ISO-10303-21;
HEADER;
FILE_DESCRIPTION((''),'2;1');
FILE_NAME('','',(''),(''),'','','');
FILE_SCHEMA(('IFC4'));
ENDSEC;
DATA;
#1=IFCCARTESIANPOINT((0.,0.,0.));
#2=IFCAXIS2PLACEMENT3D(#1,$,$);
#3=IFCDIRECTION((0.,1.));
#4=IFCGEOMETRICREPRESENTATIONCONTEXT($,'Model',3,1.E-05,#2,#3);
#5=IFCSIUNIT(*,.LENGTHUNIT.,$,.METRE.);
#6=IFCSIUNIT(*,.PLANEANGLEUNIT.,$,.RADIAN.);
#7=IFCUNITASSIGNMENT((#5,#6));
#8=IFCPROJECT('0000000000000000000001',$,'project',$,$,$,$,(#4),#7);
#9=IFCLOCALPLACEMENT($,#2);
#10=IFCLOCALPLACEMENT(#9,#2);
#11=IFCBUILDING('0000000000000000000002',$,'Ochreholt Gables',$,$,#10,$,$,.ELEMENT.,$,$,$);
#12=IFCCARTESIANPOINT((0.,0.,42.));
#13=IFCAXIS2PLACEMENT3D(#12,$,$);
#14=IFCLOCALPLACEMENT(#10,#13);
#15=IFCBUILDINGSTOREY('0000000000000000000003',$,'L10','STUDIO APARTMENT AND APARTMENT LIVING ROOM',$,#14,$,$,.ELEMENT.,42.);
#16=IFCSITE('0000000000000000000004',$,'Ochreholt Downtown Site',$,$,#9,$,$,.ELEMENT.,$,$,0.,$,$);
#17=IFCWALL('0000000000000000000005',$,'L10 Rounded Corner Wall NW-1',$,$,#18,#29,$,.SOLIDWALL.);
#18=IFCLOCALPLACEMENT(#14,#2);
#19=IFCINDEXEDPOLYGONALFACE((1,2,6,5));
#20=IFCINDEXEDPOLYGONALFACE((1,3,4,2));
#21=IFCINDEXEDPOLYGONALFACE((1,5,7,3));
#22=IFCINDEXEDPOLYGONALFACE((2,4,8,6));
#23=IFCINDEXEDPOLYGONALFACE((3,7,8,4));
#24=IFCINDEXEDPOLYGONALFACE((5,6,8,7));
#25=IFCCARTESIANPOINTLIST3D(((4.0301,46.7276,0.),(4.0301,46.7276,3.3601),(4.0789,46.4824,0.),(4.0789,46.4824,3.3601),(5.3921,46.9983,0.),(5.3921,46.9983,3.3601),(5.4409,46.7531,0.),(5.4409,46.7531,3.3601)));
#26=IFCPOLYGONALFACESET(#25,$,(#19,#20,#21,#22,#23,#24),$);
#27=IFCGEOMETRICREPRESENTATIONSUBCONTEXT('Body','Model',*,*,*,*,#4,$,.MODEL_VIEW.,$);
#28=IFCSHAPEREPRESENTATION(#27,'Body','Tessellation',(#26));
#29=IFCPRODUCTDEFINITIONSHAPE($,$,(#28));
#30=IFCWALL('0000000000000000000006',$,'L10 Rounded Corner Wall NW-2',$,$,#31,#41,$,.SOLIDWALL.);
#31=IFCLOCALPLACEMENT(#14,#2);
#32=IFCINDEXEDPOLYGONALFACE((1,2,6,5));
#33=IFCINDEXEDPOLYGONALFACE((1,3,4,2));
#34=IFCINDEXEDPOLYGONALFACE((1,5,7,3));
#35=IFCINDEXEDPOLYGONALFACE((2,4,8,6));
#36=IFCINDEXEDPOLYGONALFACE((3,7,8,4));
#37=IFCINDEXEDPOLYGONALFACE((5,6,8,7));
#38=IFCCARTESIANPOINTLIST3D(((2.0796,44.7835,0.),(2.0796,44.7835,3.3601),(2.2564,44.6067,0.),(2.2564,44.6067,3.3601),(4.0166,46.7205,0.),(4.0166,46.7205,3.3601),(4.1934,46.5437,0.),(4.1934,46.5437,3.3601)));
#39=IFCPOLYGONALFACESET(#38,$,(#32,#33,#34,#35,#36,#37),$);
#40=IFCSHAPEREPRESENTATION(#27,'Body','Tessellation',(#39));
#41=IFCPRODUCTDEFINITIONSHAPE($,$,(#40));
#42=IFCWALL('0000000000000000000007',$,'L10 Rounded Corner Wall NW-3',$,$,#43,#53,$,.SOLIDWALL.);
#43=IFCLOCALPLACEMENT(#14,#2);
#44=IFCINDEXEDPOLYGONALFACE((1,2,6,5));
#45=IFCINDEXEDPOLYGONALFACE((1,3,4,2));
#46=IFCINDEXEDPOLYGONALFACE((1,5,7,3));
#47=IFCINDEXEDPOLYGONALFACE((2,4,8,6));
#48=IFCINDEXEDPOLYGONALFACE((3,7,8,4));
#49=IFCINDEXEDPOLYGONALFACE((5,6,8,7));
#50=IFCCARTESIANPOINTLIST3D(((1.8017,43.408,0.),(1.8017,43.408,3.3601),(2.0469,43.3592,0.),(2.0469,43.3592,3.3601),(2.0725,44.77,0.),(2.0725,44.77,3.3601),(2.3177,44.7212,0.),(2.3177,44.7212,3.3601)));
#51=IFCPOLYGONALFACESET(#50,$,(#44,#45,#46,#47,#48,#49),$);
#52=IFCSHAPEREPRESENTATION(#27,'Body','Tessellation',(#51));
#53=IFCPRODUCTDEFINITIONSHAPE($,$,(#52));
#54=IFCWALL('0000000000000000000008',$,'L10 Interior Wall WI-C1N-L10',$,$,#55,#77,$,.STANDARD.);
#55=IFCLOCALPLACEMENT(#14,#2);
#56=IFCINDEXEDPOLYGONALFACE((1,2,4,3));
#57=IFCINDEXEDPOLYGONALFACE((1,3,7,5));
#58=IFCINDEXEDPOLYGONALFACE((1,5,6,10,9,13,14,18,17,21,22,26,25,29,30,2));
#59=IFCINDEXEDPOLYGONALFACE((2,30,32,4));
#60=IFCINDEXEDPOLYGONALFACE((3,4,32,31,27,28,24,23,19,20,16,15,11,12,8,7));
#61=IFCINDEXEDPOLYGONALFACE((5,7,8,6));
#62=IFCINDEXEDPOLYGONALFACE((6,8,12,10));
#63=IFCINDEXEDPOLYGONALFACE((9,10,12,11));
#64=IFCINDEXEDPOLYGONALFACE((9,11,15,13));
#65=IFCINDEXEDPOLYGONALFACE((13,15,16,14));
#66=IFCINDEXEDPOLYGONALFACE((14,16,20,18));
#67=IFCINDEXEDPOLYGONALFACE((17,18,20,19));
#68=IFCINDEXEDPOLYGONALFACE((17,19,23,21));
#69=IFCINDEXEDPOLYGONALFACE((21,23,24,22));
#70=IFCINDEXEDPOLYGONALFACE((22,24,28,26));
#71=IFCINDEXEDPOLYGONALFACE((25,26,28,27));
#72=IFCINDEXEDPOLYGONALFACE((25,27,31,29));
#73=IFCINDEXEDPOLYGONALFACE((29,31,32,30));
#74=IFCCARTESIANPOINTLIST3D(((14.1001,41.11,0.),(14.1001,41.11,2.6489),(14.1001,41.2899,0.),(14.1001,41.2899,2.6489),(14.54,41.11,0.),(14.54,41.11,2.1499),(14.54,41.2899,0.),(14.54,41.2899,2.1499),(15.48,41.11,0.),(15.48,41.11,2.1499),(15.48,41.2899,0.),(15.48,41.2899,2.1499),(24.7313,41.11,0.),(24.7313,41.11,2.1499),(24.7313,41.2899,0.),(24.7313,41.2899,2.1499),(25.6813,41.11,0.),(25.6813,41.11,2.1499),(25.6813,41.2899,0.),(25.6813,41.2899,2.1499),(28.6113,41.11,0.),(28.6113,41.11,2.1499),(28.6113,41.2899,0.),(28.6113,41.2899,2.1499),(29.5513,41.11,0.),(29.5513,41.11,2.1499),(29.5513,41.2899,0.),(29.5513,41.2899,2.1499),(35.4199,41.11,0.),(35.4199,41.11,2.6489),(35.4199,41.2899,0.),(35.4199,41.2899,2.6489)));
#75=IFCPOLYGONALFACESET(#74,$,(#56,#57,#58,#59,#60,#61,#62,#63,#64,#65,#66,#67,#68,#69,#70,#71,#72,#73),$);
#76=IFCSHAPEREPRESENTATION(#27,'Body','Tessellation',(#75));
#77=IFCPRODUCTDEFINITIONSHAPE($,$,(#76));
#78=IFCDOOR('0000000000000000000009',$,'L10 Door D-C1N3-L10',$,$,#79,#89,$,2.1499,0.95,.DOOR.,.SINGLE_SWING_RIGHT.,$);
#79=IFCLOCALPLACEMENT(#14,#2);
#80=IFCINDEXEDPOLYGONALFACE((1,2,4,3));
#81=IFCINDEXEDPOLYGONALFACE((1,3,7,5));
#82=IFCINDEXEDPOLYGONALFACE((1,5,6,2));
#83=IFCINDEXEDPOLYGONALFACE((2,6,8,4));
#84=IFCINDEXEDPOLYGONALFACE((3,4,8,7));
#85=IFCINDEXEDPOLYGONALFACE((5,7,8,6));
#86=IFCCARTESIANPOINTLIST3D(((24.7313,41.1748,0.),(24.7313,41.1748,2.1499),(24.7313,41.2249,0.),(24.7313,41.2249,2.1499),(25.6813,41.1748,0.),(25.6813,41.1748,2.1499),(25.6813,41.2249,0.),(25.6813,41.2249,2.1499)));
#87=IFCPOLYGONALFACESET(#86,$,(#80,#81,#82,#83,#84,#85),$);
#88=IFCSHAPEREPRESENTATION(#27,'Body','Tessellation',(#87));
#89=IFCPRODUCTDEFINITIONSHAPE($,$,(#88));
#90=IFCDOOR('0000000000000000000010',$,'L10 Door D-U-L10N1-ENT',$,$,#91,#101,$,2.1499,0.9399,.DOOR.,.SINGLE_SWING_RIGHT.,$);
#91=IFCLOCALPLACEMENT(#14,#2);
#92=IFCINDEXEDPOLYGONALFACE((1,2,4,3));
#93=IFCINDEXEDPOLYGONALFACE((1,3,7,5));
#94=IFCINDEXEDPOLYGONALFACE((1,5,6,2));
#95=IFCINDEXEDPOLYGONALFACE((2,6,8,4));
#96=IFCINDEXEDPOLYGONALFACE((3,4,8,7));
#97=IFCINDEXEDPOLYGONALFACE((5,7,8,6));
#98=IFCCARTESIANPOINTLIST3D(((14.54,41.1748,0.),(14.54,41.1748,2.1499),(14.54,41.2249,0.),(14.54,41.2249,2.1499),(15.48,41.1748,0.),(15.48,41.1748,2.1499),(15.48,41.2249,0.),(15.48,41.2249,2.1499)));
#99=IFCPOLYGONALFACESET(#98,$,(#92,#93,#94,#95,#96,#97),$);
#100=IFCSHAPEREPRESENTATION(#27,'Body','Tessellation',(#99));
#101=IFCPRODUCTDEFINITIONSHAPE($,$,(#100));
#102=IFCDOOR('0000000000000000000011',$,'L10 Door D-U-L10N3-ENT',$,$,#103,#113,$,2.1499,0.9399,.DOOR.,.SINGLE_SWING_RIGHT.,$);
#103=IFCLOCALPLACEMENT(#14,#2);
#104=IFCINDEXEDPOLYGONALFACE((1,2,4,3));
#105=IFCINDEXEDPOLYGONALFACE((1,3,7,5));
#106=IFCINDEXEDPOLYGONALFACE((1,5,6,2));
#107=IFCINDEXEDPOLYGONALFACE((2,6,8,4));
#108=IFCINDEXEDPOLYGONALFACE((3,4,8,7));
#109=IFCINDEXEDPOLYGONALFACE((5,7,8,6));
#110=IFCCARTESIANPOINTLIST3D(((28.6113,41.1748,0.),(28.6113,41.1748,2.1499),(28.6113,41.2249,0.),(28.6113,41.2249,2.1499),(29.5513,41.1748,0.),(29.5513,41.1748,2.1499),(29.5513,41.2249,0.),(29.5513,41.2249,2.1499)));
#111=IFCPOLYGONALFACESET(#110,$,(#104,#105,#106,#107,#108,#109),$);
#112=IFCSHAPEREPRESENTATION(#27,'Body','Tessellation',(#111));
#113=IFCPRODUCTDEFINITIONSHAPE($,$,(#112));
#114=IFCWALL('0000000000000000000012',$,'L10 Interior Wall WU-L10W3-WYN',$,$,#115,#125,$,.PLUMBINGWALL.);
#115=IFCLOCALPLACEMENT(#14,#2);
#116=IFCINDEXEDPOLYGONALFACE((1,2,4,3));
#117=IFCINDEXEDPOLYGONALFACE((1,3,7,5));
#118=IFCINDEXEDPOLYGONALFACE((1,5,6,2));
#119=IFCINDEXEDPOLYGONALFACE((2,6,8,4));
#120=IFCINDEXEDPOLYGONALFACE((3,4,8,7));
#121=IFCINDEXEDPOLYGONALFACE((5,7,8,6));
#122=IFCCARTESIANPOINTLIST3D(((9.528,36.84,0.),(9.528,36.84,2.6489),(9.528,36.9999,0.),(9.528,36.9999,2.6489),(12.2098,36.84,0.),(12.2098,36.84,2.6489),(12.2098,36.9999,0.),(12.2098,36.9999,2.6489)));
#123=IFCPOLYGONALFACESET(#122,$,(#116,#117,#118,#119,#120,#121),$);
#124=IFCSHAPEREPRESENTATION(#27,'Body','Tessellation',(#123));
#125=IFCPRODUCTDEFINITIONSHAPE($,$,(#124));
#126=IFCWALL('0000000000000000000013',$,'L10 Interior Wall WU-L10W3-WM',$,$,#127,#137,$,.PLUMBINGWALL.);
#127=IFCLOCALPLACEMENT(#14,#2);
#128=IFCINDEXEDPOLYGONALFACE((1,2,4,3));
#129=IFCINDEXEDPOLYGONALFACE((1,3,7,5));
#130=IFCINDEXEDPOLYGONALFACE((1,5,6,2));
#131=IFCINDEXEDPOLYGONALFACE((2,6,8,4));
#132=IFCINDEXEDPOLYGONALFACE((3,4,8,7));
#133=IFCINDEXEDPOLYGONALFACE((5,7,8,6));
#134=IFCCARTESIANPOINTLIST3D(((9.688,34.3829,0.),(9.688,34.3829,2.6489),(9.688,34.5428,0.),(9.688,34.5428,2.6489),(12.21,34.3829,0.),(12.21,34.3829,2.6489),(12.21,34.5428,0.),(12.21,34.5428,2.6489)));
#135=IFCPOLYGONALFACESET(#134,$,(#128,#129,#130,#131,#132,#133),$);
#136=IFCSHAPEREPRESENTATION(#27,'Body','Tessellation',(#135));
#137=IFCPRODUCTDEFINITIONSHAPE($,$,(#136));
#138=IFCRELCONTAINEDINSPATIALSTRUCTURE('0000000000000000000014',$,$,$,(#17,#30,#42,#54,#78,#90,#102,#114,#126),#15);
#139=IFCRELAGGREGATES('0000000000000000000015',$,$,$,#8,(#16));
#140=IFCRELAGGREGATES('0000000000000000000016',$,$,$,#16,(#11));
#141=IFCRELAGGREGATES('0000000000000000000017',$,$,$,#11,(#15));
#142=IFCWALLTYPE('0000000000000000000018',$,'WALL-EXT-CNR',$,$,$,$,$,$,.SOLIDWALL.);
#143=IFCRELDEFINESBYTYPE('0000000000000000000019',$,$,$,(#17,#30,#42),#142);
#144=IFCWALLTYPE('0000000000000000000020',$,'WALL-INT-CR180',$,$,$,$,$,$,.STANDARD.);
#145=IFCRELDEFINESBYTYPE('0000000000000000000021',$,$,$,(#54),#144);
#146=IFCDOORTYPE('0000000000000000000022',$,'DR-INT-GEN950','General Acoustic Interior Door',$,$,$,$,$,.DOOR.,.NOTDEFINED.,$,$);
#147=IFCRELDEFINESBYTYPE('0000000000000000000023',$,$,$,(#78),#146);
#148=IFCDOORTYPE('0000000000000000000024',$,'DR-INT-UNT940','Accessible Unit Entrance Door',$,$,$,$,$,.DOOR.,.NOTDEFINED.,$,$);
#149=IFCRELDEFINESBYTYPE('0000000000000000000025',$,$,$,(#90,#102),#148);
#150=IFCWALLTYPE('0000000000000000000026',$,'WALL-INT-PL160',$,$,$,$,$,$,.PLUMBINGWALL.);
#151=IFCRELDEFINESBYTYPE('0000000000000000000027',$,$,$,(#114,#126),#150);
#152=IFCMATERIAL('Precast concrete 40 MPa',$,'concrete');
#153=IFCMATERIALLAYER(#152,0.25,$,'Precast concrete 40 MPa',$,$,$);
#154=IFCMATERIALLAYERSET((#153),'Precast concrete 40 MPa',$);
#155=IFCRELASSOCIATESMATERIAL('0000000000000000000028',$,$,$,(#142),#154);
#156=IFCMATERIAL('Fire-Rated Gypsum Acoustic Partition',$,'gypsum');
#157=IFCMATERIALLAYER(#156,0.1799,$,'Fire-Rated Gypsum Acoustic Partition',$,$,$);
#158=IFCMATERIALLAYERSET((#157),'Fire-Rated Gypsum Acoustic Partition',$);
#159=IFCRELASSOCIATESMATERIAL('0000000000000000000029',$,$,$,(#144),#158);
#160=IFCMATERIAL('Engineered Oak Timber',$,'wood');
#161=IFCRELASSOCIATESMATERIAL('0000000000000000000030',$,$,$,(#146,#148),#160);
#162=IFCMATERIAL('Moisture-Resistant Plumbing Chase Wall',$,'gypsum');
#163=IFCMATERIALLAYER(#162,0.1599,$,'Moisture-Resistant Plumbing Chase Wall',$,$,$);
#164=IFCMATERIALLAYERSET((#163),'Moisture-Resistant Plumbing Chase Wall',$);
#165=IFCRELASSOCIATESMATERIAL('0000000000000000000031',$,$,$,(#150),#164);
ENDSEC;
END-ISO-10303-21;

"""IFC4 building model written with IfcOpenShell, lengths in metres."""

from ifc_helpers import new_model, si_unit, direction, frame, frame_2d, origin, place, context, subcontext, project, spatial, rectangle, extrude, material, layer, layer_set, type_object, element, fill, save


model = new_model("IFC4")

# Units and contexts
model_context = context("Model", 3, precision=1e-05, world=origin(), true_north=direction((0.0, 1.0)))
body_context = subcontext(model_context, "Body", "Model", "MODEL_VIEW")
ifc_project = project(units=[si_unit("LENGTHUNIT", "METRE"), si_unit("PLANEANGLEUNIT", "RADIAN")], contexts=[model_context])

# Site, building, storey
site_placement = place(None, origin())
site = spatial("IfcSite", under=ifc_project, at=site_placement, Name="Ochreholt Downtown Site", CompositionType="ELEMENT", RefElevation=0.0)
building_placement = place(site_placement, origin())
building = spatial("IfcBuilding", under=site, at=building_placement, Name="Ochreholt Gables", CompositionType="ELEMENT")
storey_placement = place(building_placement, frame((0.0, 0.0, 42.0)))
storey = spatial("IfcBuildingStorey", under=building, at=storey_placement, Name="L10", Description="STUDIO APARTMENT AND APARTMENT LIVING ROOM", CompositionType="ELEMENT", Elevation=42.0)

# Shared definitions
ifc_material_1 = material(Name="Precast concrete 40 MPa", Category="concrete")

# Walls
ifc_layer_1 = layer(ifc_material_1, 0.25, Name="Precast concrete 40 MPa")
ifc_layer_set_1 = layer_set([ifc_layer_1], Name="Precast concrete 40 MPa")
wall_type_1 = type_object("IfcWallType", Name="WALL-EXT-CNR", PredefinedType="SOLIDWALL", material=ifc_layer_set_1)
wall_1_placement = place(storey_placement, frame((5.4165, 46.8757, 0.0), z_axis=(0.0, 0.0, 1.0), x_axis=(-0.98081, -0.194967, 0.0)))
element("IfcWall", 1, at=wall_1_placement, inside=storey, type_object=wall_type_1, Name="L10 Rounded Corner Wall NW-1", PredefinedType="SOLIDWALL", context=body_context, shape_type="SweptSolid", body=[
    extrude(rectangle(XDim=1.3887, YDim=0.25, at=frame_2d((0.6943, 0.0))), origin(), (0.0, 0.0, 1.0), 3.3601),
])
wall_2_placement = place(storey_placement, frame((4.105, 46.6321, 0.0), z_axis=(0.0, 0.0, 1.0), x_axis=(-0.707107, -0.707107, 0.0)))
element("IfcWall", 2, at=wall_2_placement, inside=storey, type_object=wall_type_1, Name="L10 Rounded Corner Wall NW-2", PredefinedType="SOLIDWALL", context=body_context, shape_type="SweptSolid", body=[
    extrude(rectangle(XDim=2.7393, YDim=0.25, at=frame_2d((1.3696, 0.0))), origin(), (0.0, 0.0, 1.0), 3.3601),
])
wall_3_placement = place(storey_placement, frame((2.1951, 44.7456, 0.0), z_axis=(0.0, 0.0, 1.0), x_axis=(-0.194967, -0.98081, 0.0)))
element("IfcWall", 3, at=wall_3_placement, inside=storey, type_object=wall_type_1, Name="L10 Rounded Corner Wall NW-3", PredefinedType="SOLIDWALL", context=body_context, shape_type="SweptSolid", body=[
    extrude(rectangle(XDim=1.3887, YDim=0.25, at=frame_2d((0.6943, 0.0))), origin(), (0.0, 0.0, 1.0), 3.3601),
])

# Wall, openings, doors
ifc_material_2 = material(Name="Fire-Rated Gypsum Acoustic Partition", Category="gypsum")
ifc_layer_2 = layer(ifc_material_2, 0.1799, Name="Fire-Rated Gypsum Acoustic Partition")
ifc_layer_set_2 = layer_set([ifc_layer_2], Name="Fire-Rated Gypsum Acoustic Partition")
wall_type_2 = type_object("IfcWallType", Name="WALL-INT-CR180", PredefinedType="STANDARD", material=ifc_layer_set_2)
wall_4_placement = place(storey_placement, frame((14.1001, 41.2, 0.0), z_axis=(0.0, 0.0, 1.0), x_axis=(1.0, 0.0, 0.0)))
wall_4 = element("IfcWall", 4, at=wall_4_placement, inside=storey, type_object=wall_type_2, Name="L10 Interior Wall WI-C1N-L10", PredefinedType="STANDARD", context=body_context, shape_type="SweptSolid", body=[
    extrude(rectangle(XDim=21.3198, YDim=0.1799, at=frame_2d((10.6599, 0.0))), origin(), (0.0, 0.0, 1.0), 2.6489),
])
opening_1_placement = place(wall_4_placement, frame((0.4399, 0.0, 0.0)))
opening_1 = element("IfcOpeningElement", 5, at=opening_1_placement, cuts=wall_4, PredefinedType="OPENING", context=body_context, shape_type="SweptSolid", body=[
    extrude(rectangle(XDim=0.9399, YDim=2.1499, at=frame_2d((0.47, 1.075))), frame((0.0, 0.0999, 0.0), z_axis=(0.0, -1.0, 0.0), x_axis=(1.0, 0.0, 0.0)), (0.0, 0.0, 1.0), 0.2),
])
opening_2_placement = place(wall_4_placement, frame((10.6311, 0.0, 0.0)))
opening_2 = element("IfcOpeningElement", 6, at=opening_2_placement, cuts=wall_4, PredefinedType="OPENING", context=body_context, shape_type="SweptSolid", body=[
    extrude(rectangle(XDim=0.95, YDim=2.1499, at=frame_2d((0.4751, 1.075))), frame((0.0, 0.0999, 0.0), z_axis=(0.0, -1.0, 0.0), x_axis=(1.0, 0.0, 0.0)), (0.0, 0.0, 1.0), 0.2),
])
opening_3_placement = place(wall_4_placement, frame((14.5112, 0.0, 0.0)))
opening_3 = element("IfcOpeningElement", 7, at=opening_3_placement, cuts=wall_4, PredefinedType="OPENING", context=body_context, shape_type="SweptSolid", body=[
    extrude(rectangle(XDim=0.9399, YDim=2.1499, at=frame_2d((0.47, 1.075))), frame((0.0, 0.0999, 0.0), z_axis=(0.0, -1.0, 0.0), x_axis=(1.0, 0.0, 0.0)), (0.0, 0.0, 1.0), 0.2),
])
ifc_material_3 = material(Name="Engineered Oak Timber", Category="wood")
door_type_1 = type_object("IfcDoorType", Name="DR-INT-GEN950", Description="General Acoustic Interior Door", OperationType="NOTDEFINED", PredefinedType="DOOR", material=ifc_material_3)
door_1_placement = place(opening_2_placement, origin())
door_1 = element("IfcDoor", 8, at=door_1_placement, inside=storey, type_object=door_type_1, Name="L10 Door D-C1N3-L10", OperationType="SINGLE_SWING_RIGHT", OverallHeight=2.1499, OverallWidth=0.95, PredefinedType="DOOR", context=body_context, shape_type="SweptSolid", body=[
    extrude(rectangle(XDim=0.95, YDim=2.1499, at=frame_2d((0.4751, 1.075))), frame((0.0, 0.0249, 0.0), z_axis=(0.0, -1.0, 0.0), x_axis=(1.0, 0.0, 0.0)), (0.0, 0.0, 1.0), 0.05),
])
fill(opening_2, door_1)
door_type_2 = type_object("IfcDoorType", Name="DR-INT-UNT940", Description="Accessible Unit Entrance Door", OperationType="NOTDEFINED", PredefinedType="DOOR", material=ifc_material_3)
door_2_placement = place(opening_1_placement, origin())
door_2 = element("IfcDoor", 9, at=door_2_placement, inside=storey, type_object=door_type_2, Name="L10 Door D-U-L10N1-ENT", OperationType="SINGLE_SWING_RIGHT", OverallHeight=2.1499, OverallWidth=0.9399, PredefinedType="DOOR", context=body_context, shape_type="SweptSolid", body=[
    extrude(rectangle(XDim=0.9399, YDim=2.1499, at=frame_2d((0.47, 1.075))), frame((0.0, 0.0249, 0.0), z_axis=(0.0, -1.0, 0.0), x_axis=(1.0, 0.0, 0.0)), (0.0, 0.0, 1.0), 0.05),
])
fill(opening_1, door_2)
door_3_placement = place(opening_3_placement, origin())
door_3 = element("IfcDoor", 10, at=door_3_placement, inside=storey, type_object=door_type_2, Name="L10 Door D-U-L10N3-ENT", OperationType="SINGLE_SWING_RIGHT", OverallHeight=2.1499, OverallWidth=0.9399, PredefinedType="DOOR", context=body_context, shape_type="SweptSolid", body=[
    extrude(rectangle(XDim=0.9399, YDim=2.1499, at=frame_2d((0.47, 1.075))), frame((0.0, 0.0249, 0.0), z_axis=(0.0, -1.0, 0.0), x_axis=(1.0, 0.0, 0.0)), (0.0, 0.0, 1.0), 0.05),
])
fill(opening_3, door_3)

# Walls
ifc_material_4 = material(Name="Moisture-Resistant Plumbing Chase Wall", Category="gypsum")
ifc_layer_3 = layer(ifc_material_4, 0.1599, Name="Moisture-Resistant Plumbing Chase Wall")
ifc_layer_set_3 = layer_set([ifc_layer_3], Name="Moisture-Resistant Plumbing Chase Wall")
wall_type_3 = type_object("IfcWallType", Name="WALL-INT-PL160", PredefinedType="PLUMBINGWALL", material=ifc_layer_set_3)
wall_5_placement = place(storey_placement, frame((9.5281, 36.9199, 0.0), z_axis=(0.0, 0.0, 1.0), x_axis=(1.0, 0.0, 0.0)))
element("IfcWall", 11, at=wall_5_placement, inside=storey, type_object=wall_type_3, Name="L10 Interior Wall WU-L10W3-WYN", PredefinedType="PLUMBINGWALL", context=body_context, shape_type="SweptSolid", body=[
    extrude(rectangle(XDim=2.6819, YDim=0.1599, at=frame_2d((1.3408, 0.0))), origin(), (0.0, 0.0, 1.0), 2.6489),
])
wall_6_placement = place(storey_placement, frame((9.688, 34.4629, 0.0), z_axis=(0.0, 0.0, 1.0), x_axis=(1.0, 0.0, 0.0)))
element("IfcWall", 12, at=wall_6_placement, inside=storey, type_object=wall_type_3, Name="L10 Interior Wall WU-L10W3-WM", PredefinedType="PLUMBINGWALL", context=body_context, shape_type="SweptSolid", body=[
    extrude(rectangle(XDim=2.522, YDim=0.1599, at=frame_2d((1.261, 0.0))), origin(), (0.0, 0.0, 1.0), 2.6489),
])

save(model, "model.ifc")
